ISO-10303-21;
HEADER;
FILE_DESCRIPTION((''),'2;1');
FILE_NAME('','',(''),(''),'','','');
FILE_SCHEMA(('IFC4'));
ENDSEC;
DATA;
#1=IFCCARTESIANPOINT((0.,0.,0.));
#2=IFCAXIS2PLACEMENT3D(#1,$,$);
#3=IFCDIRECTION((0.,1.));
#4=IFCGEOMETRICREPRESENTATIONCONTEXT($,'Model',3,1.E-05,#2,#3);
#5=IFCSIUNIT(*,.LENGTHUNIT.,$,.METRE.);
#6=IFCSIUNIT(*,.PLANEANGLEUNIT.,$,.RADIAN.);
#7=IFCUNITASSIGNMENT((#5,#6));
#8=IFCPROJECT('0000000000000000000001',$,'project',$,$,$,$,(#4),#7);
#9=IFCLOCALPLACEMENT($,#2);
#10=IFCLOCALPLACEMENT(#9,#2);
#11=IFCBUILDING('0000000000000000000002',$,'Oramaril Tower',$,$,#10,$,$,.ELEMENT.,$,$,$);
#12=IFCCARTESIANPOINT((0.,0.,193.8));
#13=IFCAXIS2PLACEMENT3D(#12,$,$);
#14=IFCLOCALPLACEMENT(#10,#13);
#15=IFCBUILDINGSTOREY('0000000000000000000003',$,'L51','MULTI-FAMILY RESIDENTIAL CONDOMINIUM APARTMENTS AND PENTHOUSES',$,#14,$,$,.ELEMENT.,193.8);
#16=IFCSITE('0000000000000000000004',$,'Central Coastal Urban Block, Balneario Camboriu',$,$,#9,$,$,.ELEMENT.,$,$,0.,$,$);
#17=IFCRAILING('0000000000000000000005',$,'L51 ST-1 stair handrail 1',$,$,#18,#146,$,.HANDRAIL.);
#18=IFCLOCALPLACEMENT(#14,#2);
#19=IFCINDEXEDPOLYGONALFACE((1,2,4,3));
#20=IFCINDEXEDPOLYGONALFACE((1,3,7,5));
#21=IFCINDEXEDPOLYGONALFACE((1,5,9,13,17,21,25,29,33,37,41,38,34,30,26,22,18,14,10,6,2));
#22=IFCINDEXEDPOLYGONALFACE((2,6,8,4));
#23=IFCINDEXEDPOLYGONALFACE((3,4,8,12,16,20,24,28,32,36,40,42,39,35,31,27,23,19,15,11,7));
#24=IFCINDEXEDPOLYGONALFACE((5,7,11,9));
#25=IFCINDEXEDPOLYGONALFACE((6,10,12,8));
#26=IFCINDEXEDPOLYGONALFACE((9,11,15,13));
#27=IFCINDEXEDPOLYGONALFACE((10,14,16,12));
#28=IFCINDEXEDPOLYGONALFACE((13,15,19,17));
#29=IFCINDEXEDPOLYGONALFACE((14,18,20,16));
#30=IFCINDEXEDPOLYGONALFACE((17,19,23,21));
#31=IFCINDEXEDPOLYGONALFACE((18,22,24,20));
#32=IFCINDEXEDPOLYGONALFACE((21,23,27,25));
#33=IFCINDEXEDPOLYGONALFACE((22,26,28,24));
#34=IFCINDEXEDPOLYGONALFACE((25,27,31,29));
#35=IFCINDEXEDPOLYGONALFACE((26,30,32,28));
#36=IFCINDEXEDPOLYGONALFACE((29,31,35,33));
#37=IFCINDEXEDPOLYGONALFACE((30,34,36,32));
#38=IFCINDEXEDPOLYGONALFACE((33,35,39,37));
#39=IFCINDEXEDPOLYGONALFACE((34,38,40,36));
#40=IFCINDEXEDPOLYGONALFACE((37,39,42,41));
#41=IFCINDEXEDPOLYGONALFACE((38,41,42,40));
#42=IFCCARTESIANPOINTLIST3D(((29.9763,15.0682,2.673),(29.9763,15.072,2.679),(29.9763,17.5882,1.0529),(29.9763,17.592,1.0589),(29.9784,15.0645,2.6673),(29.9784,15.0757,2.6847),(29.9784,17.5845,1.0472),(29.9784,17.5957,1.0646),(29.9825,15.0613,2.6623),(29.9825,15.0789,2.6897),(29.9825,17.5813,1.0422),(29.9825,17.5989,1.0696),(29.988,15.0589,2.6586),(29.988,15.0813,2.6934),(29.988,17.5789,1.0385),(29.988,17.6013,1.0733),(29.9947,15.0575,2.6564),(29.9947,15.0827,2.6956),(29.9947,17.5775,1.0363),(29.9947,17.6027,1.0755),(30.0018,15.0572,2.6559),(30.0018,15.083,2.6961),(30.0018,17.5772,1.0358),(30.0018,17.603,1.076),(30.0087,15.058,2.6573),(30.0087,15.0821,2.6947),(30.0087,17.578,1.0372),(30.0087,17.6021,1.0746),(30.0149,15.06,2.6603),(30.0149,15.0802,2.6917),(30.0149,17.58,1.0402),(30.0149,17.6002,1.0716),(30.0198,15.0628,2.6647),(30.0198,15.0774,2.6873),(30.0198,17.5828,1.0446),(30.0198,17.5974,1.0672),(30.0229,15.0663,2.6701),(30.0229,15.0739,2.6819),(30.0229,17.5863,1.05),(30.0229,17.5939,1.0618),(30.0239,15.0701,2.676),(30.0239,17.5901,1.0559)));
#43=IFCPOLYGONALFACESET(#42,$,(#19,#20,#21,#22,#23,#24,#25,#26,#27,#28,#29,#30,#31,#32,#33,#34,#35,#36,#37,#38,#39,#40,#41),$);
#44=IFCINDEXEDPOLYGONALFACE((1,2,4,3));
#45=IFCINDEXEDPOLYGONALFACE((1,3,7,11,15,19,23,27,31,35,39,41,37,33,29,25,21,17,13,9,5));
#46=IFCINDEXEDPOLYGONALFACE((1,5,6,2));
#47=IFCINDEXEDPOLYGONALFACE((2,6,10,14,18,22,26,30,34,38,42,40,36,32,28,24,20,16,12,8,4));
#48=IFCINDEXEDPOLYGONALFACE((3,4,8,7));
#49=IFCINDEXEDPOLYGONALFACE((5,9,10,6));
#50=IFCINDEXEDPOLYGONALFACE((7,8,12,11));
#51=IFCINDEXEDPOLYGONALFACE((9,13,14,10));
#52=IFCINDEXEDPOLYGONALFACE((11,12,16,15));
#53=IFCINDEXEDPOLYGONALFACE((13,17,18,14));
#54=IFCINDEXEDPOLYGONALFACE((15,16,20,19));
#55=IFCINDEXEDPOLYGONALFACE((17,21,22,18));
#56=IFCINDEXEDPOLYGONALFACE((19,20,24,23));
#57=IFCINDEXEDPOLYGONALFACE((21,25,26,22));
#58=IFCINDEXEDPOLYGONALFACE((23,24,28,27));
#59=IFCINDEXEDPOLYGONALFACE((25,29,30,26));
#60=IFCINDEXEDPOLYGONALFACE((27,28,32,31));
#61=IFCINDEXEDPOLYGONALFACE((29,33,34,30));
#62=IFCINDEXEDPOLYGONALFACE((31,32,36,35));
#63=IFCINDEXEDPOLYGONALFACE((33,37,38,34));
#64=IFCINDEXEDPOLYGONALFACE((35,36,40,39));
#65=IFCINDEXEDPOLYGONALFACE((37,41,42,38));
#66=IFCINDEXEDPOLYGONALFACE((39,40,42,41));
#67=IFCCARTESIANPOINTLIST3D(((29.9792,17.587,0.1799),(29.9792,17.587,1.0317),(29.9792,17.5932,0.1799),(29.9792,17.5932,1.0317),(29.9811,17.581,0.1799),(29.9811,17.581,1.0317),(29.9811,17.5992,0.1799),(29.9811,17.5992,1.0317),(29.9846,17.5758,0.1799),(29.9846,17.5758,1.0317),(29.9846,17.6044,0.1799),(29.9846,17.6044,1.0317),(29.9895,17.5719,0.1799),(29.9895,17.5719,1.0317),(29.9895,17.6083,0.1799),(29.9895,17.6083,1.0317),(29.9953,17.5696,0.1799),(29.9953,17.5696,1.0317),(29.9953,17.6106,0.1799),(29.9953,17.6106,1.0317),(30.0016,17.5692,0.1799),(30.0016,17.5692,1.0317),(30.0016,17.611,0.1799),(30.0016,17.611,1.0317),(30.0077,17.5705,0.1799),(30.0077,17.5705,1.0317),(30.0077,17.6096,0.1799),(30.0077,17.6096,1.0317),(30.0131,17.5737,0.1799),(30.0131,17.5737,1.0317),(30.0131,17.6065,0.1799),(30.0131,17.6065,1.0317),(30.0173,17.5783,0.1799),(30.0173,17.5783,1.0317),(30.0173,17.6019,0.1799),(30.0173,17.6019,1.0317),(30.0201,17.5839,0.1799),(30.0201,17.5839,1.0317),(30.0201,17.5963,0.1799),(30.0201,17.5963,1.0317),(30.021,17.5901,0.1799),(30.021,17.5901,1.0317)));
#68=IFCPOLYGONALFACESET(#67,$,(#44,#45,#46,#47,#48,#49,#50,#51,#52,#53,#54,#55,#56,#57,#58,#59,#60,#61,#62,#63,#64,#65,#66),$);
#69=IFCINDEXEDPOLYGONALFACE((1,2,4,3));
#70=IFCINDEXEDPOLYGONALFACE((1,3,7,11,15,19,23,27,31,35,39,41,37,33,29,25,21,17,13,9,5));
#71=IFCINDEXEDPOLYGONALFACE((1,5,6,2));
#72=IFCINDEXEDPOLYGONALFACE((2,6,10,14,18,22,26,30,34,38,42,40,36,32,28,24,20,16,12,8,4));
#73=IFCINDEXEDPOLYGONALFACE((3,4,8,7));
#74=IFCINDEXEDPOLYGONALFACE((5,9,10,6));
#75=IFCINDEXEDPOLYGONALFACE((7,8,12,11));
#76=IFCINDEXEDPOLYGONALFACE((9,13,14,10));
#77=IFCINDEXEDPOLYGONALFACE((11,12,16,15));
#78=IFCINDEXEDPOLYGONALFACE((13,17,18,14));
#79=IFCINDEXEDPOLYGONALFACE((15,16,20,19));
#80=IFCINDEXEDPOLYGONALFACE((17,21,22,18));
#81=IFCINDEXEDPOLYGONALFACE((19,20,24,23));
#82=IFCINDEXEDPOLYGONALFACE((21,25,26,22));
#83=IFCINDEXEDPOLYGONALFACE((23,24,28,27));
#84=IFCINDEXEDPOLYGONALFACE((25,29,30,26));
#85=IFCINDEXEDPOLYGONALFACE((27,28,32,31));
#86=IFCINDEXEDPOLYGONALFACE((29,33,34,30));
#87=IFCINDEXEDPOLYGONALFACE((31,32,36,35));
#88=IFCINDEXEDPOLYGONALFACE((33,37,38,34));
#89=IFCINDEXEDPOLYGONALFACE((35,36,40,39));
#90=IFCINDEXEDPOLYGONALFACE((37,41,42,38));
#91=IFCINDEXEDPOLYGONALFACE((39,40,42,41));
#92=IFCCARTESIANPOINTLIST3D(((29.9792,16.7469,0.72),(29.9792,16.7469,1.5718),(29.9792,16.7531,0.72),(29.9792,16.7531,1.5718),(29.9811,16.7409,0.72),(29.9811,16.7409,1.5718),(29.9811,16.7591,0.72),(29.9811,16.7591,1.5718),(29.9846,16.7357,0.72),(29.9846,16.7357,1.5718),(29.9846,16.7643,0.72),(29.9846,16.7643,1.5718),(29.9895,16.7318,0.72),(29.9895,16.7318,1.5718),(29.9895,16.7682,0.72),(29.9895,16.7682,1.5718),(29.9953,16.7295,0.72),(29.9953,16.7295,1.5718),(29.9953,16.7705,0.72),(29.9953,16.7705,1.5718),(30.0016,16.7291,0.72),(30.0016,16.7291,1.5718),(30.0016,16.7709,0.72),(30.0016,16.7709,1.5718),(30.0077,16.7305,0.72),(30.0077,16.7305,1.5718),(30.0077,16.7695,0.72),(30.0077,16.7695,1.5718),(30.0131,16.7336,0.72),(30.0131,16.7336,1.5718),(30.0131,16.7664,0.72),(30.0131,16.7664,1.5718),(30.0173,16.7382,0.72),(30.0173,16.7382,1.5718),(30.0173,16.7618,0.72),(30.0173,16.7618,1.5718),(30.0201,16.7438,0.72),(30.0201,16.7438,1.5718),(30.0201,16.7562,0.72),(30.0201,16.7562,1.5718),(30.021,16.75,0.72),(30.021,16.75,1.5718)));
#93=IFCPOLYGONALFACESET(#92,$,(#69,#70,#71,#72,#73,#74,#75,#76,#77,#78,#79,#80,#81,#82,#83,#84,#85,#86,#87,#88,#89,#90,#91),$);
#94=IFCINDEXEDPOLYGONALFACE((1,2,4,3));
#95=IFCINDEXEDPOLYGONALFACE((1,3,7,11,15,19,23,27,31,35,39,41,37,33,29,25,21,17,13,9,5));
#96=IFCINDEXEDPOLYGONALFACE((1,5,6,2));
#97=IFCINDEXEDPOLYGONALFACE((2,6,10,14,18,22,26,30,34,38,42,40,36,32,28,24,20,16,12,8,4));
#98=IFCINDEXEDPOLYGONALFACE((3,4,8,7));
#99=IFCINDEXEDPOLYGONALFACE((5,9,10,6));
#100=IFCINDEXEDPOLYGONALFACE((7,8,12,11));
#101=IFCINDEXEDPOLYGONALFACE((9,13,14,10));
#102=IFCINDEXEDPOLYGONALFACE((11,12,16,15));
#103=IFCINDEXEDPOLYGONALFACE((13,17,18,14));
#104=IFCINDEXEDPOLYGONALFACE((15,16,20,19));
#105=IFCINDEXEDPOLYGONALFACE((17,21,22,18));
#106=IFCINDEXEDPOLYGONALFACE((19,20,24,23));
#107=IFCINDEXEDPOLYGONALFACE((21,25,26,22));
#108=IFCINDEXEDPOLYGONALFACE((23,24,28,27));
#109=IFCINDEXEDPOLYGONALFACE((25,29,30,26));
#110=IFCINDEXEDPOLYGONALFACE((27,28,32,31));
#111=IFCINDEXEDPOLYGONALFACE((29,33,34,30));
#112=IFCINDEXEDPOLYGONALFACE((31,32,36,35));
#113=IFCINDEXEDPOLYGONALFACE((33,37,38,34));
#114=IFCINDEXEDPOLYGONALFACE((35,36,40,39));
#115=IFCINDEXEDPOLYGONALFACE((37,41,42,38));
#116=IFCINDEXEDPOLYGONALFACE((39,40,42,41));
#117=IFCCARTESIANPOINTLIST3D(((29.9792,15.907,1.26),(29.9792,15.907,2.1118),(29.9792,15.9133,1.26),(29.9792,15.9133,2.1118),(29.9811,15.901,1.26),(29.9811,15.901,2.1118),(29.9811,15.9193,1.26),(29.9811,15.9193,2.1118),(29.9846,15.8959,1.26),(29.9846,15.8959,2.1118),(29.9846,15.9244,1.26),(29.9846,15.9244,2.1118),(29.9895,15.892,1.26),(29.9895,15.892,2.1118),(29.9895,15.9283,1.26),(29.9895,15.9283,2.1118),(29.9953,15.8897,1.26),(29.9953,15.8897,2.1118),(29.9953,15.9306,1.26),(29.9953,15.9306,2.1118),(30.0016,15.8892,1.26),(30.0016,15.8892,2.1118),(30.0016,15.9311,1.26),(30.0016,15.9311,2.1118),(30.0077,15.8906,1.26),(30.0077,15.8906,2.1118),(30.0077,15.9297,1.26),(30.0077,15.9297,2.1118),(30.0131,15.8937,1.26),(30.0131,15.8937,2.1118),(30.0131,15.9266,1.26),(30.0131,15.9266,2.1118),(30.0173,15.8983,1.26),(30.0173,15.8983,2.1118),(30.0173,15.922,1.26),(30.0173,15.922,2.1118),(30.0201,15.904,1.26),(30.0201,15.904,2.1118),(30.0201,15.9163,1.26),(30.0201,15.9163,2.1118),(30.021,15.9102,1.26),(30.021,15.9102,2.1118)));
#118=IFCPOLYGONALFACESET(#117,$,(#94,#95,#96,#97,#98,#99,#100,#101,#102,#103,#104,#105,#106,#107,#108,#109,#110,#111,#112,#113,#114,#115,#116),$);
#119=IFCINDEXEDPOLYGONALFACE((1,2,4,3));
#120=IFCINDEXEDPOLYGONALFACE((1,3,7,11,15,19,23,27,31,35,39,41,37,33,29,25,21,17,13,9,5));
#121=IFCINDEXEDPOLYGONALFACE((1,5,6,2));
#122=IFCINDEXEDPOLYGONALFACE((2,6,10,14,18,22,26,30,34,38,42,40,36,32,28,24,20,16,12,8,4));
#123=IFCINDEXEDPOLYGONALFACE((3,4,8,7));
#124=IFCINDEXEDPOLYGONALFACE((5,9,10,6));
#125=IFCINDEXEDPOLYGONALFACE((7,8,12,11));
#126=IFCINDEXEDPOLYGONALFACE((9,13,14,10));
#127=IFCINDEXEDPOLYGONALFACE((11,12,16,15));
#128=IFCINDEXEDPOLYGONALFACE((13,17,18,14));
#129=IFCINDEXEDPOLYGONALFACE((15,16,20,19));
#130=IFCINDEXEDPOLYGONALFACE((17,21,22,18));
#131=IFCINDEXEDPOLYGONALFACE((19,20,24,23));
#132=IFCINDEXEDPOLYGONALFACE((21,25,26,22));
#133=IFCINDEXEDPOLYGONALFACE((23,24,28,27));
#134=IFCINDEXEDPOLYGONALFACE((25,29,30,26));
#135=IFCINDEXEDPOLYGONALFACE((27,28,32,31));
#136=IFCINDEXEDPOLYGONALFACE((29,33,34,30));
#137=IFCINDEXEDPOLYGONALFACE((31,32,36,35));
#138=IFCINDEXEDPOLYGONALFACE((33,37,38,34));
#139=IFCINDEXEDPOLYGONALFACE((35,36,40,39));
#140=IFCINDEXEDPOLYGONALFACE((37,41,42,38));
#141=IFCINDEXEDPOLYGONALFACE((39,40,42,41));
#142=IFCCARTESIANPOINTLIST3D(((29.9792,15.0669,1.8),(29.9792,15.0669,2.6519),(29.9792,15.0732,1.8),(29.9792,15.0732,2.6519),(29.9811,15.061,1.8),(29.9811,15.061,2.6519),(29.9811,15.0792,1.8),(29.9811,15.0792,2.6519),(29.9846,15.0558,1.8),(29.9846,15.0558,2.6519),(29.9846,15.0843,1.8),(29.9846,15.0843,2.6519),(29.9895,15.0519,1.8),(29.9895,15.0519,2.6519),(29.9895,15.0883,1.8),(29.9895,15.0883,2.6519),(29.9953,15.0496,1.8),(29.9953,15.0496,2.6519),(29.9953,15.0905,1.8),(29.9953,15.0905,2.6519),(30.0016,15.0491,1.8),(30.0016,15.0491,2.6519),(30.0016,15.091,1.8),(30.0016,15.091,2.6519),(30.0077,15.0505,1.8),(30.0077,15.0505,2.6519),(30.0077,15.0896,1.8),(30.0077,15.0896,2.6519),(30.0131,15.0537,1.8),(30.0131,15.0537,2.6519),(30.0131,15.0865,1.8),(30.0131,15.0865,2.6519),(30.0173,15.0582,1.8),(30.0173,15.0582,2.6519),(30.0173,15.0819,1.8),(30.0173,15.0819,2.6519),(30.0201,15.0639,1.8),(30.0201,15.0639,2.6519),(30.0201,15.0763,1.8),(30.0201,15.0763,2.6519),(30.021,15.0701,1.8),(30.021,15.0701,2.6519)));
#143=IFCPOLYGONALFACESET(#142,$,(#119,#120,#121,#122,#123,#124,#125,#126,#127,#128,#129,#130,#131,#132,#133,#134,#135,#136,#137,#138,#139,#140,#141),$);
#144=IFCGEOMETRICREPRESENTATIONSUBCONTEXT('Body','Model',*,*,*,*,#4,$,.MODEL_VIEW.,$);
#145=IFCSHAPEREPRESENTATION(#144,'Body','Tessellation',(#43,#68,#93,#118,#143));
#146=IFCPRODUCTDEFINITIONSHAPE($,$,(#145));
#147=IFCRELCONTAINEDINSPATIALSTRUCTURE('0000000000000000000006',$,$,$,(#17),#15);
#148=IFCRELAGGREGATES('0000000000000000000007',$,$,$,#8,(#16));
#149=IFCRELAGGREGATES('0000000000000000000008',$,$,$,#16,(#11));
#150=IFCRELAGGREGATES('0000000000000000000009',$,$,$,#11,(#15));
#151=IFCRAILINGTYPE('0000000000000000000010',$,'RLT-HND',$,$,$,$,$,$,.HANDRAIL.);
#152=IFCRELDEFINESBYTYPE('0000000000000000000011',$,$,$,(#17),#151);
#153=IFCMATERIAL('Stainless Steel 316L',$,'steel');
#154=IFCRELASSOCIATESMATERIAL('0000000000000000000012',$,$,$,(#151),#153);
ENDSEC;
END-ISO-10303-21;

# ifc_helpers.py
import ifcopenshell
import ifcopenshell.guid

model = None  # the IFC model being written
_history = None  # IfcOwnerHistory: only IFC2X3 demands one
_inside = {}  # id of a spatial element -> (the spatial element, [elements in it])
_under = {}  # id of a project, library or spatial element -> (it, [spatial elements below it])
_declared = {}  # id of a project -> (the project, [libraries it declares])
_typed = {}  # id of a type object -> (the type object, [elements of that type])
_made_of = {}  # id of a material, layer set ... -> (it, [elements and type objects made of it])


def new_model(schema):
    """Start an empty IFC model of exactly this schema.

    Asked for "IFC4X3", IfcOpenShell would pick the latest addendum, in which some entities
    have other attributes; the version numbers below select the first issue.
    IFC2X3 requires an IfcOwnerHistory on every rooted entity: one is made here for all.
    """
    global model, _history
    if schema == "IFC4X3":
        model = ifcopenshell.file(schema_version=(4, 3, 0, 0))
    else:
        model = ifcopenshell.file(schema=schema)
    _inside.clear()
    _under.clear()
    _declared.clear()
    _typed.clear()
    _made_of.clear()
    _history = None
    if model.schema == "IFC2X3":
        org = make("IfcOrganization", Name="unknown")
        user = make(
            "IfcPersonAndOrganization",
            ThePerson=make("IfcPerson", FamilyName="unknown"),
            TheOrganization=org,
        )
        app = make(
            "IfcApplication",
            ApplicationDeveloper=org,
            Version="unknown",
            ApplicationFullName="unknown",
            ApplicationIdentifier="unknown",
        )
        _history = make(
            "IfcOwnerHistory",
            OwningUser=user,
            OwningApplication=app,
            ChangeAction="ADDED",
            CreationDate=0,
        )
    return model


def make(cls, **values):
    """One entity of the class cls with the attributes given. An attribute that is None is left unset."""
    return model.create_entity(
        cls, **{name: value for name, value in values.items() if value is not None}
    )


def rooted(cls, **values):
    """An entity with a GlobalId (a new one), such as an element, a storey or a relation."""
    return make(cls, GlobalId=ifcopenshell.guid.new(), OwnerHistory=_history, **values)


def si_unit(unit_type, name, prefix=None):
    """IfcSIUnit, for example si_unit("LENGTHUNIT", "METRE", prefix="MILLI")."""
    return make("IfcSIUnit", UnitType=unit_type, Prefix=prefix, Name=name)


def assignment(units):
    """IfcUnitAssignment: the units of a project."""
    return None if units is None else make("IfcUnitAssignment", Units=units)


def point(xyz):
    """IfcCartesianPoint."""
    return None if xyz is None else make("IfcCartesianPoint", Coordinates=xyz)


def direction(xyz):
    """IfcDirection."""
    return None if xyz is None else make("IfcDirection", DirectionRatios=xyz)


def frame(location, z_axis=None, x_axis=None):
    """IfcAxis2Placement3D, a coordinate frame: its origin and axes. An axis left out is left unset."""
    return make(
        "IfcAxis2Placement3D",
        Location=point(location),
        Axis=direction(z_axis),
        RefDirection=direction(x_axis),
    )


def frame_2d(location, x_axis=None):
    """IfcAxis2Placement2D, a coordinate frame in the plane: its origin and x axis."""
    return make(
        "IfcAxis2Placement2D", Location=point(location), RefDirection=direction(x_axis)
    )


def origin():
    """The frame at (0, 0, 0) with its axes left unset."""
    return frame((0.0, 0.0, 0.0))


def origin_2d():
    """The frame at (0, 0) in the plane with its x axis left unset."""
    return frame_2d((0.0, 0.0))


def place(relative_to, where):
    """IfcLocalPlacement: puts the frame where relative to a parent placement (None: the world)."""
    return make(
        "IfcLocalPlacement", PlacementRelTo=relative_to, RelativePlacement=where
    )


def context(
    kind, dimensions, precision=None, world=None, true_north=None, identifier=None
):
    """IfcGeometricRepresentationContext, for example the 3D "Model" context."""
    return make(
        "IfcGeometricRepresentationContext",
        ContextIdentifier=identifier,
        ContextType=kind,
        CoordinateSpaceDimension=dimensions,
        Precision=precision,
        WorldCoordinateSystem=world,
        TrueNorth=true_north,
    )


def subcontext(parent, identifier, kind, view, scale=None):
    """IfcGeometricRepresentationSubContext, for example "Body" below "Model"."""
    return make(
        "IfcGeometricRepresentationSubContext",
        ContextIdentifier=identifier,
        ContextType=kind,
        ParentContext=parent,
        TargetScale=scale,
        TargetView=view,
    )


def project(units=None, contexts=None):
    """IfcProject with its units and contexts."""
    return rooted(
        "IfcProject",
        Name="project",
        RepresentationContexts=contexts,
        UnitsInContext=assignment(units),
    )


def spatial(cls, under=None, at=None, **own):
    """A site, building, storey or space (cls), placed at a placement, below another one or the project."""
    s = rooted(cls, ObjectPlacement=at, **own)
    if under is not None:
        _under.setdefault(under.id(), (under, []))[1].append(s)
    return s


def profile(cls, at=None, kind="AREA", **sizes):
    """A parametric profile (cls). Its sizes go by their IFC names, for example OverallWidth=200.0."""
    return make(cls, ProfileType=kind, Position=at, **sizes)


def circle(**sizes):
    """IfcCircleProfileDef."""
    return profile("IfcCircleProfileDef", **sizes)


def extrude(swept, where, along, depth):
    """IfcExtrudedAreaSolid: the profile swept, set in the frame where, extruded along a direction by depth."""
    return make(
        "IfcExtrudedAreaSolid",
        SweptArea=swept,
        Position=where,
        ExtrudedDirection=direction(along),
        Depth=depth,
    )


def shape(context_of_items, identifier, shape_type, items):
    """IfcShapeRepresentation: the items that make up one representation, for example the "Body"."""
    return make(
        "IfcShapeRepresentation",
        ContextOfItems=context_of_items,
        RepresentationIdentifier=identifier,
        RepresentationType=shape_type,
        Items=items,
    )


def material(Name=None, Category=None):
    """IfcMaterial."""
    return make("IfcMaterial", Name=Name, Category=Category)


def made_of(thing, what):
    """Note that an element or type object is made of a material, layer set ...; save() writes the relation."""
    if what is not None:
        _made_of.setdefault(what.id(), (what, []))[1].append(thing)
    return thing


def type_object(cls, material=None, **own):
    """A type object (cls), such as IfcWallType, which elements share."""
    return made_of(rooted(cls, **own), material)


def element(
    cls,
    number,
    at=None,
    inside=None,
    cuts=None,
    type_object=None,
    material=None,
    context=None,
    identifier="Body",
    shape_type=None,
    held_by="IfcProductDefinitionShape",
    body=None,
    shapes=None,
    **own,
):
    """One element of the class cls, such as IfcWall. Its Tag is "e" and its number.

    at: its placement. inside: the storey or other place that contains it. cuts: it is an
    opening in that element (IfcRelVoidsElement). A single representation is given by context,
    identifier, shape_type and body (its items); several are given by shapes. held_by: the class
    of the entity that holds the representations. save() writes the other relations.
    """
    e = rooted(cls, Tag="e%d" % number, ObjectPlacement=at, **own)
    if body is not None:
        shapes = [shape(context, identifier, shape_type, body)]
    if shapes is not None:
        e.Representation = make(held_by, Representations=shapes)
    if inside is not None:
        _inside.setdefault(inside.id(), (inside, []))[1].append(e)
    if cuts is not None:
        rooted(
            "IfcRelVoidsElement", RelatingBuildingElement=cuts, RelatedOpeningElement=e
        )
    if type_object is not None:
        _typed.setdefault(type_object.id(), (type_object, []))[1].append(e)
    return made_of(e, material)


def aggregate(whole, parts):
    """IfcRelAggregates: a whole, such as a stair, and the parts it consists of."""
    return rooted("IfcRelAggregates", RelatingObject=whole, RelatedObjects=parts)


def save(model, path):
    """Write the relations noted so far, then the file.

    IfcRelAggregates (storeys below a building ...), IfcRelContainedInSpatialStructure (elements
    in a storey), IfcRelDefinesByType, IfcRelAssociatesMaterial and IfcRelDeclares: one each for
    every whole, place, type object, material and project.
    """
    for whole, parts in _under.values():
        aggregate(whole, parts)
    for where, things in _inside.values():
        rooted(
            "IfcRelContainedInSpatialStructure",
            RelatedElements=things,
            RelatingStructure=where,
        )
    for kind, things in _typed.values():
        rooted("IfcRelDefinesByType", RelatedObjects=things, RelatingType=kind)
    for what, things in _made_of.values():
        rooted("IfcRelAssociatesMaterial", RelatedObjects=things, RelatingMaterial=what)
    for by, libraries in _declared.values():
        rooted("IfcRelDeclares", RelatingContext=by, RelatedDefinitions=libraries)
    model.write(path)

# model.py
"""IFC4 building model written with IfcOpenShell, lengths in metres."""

from ifc_helpers import new_model, si_unit, direction, frame, origin, origin_2d, place, context, subcontext, project, spatial, circle, extrude, material, type_object, element, save


model = new_model("IFC4")

# Units and contexts
model_context = context("Model", 3, precision=1e-05, world=origin(), true_north=direction((0.0, 1.0)))
body_context = subcontext(model_context, "Body", "Model", "MODEL_VIEW")
ifc_project = project(units=[si_unit("LENGTHUNIT", "METRE"), si_unit("PLANEANGLEUNIT", "RADIAN")], contexts=[model_context])

# Site, building, storey
site_placement = place(None, origin())
site = spatial("IfcSite", under=ifc_project, at=site_placement, Name="Central Coastal Urban Block, Balneario Camboriu", CompositionType="ELEMENT", RefElevation=0.0)
building_placement = place(site_placement, origin())
building = spatial("IfcBuilding", under=site, at=building_placement, Name="Oramaril Tower", CompositionType="ELEMENT")
storey_placement = place(building_placement, frame((0.0, 0.0, 193.8)))
storey = spatial("IfcBuildingStorey", under=building, at=storey_placement, Name="L51", Description="MULTI-FAMILY RESIDENTIAL CONDOMINIUM APARTMENTS AND PENTHOUSES", CompositionType="ELEMENT", Elevation=193.8)

# Railing
ifc_material_1 = material(Name="Stainless Steel 316L", Category="steel")
railing_type_1 = type_object("IfcRailingType", Name="RLT-HND", PredefinedType="HANDRAIL", material=ifc_material_1)
railing_1_placement = place(storey_placement, frame((30.0, 17.5901, 0.1799)))
element("IfcRailing", 1, at=railing_1_placement, inside=storey, type_object=railing_type_1, Name="L51 ST-1 stair handrail 1", PredefinedType="HANDRAIL", context=body_context, shape_type="SweptSolid", body=[
    extrude(circle(Radius=0.0239, at=origin_2d()), frame((0.0, 0.0, 0.876), z_axis=(0.0, -0.841163, 0.540782), x_axis=(1.0, 0.0, 0.0)), (0.0, 0.0, 1.0), 2.9958),
    extrude(circle(Radius=0.021, at=origin_2d()), origin(), (0.0, 0.0, 1.0), 0.8518),
    extrude(circle(Radius=0.021, at=origin_2d()), frame((0.0, -0.8401, 0.54)), (0.0, 0.0, 1.0), 0.8518),
    extrude(circle(Radius=0.021, at=origin_2d()), frame((0.0, -1.6799, 1.0801)), (0.0, 0.0, 1.0), 0.8518),
    extrude(circle(Radius=0.021, at=origin_2d()), frame((0.0, -2.52, 1.6201)), (0.0, 0.0, 1.0), 0.8518),
])

save(model, "model.ifc")
